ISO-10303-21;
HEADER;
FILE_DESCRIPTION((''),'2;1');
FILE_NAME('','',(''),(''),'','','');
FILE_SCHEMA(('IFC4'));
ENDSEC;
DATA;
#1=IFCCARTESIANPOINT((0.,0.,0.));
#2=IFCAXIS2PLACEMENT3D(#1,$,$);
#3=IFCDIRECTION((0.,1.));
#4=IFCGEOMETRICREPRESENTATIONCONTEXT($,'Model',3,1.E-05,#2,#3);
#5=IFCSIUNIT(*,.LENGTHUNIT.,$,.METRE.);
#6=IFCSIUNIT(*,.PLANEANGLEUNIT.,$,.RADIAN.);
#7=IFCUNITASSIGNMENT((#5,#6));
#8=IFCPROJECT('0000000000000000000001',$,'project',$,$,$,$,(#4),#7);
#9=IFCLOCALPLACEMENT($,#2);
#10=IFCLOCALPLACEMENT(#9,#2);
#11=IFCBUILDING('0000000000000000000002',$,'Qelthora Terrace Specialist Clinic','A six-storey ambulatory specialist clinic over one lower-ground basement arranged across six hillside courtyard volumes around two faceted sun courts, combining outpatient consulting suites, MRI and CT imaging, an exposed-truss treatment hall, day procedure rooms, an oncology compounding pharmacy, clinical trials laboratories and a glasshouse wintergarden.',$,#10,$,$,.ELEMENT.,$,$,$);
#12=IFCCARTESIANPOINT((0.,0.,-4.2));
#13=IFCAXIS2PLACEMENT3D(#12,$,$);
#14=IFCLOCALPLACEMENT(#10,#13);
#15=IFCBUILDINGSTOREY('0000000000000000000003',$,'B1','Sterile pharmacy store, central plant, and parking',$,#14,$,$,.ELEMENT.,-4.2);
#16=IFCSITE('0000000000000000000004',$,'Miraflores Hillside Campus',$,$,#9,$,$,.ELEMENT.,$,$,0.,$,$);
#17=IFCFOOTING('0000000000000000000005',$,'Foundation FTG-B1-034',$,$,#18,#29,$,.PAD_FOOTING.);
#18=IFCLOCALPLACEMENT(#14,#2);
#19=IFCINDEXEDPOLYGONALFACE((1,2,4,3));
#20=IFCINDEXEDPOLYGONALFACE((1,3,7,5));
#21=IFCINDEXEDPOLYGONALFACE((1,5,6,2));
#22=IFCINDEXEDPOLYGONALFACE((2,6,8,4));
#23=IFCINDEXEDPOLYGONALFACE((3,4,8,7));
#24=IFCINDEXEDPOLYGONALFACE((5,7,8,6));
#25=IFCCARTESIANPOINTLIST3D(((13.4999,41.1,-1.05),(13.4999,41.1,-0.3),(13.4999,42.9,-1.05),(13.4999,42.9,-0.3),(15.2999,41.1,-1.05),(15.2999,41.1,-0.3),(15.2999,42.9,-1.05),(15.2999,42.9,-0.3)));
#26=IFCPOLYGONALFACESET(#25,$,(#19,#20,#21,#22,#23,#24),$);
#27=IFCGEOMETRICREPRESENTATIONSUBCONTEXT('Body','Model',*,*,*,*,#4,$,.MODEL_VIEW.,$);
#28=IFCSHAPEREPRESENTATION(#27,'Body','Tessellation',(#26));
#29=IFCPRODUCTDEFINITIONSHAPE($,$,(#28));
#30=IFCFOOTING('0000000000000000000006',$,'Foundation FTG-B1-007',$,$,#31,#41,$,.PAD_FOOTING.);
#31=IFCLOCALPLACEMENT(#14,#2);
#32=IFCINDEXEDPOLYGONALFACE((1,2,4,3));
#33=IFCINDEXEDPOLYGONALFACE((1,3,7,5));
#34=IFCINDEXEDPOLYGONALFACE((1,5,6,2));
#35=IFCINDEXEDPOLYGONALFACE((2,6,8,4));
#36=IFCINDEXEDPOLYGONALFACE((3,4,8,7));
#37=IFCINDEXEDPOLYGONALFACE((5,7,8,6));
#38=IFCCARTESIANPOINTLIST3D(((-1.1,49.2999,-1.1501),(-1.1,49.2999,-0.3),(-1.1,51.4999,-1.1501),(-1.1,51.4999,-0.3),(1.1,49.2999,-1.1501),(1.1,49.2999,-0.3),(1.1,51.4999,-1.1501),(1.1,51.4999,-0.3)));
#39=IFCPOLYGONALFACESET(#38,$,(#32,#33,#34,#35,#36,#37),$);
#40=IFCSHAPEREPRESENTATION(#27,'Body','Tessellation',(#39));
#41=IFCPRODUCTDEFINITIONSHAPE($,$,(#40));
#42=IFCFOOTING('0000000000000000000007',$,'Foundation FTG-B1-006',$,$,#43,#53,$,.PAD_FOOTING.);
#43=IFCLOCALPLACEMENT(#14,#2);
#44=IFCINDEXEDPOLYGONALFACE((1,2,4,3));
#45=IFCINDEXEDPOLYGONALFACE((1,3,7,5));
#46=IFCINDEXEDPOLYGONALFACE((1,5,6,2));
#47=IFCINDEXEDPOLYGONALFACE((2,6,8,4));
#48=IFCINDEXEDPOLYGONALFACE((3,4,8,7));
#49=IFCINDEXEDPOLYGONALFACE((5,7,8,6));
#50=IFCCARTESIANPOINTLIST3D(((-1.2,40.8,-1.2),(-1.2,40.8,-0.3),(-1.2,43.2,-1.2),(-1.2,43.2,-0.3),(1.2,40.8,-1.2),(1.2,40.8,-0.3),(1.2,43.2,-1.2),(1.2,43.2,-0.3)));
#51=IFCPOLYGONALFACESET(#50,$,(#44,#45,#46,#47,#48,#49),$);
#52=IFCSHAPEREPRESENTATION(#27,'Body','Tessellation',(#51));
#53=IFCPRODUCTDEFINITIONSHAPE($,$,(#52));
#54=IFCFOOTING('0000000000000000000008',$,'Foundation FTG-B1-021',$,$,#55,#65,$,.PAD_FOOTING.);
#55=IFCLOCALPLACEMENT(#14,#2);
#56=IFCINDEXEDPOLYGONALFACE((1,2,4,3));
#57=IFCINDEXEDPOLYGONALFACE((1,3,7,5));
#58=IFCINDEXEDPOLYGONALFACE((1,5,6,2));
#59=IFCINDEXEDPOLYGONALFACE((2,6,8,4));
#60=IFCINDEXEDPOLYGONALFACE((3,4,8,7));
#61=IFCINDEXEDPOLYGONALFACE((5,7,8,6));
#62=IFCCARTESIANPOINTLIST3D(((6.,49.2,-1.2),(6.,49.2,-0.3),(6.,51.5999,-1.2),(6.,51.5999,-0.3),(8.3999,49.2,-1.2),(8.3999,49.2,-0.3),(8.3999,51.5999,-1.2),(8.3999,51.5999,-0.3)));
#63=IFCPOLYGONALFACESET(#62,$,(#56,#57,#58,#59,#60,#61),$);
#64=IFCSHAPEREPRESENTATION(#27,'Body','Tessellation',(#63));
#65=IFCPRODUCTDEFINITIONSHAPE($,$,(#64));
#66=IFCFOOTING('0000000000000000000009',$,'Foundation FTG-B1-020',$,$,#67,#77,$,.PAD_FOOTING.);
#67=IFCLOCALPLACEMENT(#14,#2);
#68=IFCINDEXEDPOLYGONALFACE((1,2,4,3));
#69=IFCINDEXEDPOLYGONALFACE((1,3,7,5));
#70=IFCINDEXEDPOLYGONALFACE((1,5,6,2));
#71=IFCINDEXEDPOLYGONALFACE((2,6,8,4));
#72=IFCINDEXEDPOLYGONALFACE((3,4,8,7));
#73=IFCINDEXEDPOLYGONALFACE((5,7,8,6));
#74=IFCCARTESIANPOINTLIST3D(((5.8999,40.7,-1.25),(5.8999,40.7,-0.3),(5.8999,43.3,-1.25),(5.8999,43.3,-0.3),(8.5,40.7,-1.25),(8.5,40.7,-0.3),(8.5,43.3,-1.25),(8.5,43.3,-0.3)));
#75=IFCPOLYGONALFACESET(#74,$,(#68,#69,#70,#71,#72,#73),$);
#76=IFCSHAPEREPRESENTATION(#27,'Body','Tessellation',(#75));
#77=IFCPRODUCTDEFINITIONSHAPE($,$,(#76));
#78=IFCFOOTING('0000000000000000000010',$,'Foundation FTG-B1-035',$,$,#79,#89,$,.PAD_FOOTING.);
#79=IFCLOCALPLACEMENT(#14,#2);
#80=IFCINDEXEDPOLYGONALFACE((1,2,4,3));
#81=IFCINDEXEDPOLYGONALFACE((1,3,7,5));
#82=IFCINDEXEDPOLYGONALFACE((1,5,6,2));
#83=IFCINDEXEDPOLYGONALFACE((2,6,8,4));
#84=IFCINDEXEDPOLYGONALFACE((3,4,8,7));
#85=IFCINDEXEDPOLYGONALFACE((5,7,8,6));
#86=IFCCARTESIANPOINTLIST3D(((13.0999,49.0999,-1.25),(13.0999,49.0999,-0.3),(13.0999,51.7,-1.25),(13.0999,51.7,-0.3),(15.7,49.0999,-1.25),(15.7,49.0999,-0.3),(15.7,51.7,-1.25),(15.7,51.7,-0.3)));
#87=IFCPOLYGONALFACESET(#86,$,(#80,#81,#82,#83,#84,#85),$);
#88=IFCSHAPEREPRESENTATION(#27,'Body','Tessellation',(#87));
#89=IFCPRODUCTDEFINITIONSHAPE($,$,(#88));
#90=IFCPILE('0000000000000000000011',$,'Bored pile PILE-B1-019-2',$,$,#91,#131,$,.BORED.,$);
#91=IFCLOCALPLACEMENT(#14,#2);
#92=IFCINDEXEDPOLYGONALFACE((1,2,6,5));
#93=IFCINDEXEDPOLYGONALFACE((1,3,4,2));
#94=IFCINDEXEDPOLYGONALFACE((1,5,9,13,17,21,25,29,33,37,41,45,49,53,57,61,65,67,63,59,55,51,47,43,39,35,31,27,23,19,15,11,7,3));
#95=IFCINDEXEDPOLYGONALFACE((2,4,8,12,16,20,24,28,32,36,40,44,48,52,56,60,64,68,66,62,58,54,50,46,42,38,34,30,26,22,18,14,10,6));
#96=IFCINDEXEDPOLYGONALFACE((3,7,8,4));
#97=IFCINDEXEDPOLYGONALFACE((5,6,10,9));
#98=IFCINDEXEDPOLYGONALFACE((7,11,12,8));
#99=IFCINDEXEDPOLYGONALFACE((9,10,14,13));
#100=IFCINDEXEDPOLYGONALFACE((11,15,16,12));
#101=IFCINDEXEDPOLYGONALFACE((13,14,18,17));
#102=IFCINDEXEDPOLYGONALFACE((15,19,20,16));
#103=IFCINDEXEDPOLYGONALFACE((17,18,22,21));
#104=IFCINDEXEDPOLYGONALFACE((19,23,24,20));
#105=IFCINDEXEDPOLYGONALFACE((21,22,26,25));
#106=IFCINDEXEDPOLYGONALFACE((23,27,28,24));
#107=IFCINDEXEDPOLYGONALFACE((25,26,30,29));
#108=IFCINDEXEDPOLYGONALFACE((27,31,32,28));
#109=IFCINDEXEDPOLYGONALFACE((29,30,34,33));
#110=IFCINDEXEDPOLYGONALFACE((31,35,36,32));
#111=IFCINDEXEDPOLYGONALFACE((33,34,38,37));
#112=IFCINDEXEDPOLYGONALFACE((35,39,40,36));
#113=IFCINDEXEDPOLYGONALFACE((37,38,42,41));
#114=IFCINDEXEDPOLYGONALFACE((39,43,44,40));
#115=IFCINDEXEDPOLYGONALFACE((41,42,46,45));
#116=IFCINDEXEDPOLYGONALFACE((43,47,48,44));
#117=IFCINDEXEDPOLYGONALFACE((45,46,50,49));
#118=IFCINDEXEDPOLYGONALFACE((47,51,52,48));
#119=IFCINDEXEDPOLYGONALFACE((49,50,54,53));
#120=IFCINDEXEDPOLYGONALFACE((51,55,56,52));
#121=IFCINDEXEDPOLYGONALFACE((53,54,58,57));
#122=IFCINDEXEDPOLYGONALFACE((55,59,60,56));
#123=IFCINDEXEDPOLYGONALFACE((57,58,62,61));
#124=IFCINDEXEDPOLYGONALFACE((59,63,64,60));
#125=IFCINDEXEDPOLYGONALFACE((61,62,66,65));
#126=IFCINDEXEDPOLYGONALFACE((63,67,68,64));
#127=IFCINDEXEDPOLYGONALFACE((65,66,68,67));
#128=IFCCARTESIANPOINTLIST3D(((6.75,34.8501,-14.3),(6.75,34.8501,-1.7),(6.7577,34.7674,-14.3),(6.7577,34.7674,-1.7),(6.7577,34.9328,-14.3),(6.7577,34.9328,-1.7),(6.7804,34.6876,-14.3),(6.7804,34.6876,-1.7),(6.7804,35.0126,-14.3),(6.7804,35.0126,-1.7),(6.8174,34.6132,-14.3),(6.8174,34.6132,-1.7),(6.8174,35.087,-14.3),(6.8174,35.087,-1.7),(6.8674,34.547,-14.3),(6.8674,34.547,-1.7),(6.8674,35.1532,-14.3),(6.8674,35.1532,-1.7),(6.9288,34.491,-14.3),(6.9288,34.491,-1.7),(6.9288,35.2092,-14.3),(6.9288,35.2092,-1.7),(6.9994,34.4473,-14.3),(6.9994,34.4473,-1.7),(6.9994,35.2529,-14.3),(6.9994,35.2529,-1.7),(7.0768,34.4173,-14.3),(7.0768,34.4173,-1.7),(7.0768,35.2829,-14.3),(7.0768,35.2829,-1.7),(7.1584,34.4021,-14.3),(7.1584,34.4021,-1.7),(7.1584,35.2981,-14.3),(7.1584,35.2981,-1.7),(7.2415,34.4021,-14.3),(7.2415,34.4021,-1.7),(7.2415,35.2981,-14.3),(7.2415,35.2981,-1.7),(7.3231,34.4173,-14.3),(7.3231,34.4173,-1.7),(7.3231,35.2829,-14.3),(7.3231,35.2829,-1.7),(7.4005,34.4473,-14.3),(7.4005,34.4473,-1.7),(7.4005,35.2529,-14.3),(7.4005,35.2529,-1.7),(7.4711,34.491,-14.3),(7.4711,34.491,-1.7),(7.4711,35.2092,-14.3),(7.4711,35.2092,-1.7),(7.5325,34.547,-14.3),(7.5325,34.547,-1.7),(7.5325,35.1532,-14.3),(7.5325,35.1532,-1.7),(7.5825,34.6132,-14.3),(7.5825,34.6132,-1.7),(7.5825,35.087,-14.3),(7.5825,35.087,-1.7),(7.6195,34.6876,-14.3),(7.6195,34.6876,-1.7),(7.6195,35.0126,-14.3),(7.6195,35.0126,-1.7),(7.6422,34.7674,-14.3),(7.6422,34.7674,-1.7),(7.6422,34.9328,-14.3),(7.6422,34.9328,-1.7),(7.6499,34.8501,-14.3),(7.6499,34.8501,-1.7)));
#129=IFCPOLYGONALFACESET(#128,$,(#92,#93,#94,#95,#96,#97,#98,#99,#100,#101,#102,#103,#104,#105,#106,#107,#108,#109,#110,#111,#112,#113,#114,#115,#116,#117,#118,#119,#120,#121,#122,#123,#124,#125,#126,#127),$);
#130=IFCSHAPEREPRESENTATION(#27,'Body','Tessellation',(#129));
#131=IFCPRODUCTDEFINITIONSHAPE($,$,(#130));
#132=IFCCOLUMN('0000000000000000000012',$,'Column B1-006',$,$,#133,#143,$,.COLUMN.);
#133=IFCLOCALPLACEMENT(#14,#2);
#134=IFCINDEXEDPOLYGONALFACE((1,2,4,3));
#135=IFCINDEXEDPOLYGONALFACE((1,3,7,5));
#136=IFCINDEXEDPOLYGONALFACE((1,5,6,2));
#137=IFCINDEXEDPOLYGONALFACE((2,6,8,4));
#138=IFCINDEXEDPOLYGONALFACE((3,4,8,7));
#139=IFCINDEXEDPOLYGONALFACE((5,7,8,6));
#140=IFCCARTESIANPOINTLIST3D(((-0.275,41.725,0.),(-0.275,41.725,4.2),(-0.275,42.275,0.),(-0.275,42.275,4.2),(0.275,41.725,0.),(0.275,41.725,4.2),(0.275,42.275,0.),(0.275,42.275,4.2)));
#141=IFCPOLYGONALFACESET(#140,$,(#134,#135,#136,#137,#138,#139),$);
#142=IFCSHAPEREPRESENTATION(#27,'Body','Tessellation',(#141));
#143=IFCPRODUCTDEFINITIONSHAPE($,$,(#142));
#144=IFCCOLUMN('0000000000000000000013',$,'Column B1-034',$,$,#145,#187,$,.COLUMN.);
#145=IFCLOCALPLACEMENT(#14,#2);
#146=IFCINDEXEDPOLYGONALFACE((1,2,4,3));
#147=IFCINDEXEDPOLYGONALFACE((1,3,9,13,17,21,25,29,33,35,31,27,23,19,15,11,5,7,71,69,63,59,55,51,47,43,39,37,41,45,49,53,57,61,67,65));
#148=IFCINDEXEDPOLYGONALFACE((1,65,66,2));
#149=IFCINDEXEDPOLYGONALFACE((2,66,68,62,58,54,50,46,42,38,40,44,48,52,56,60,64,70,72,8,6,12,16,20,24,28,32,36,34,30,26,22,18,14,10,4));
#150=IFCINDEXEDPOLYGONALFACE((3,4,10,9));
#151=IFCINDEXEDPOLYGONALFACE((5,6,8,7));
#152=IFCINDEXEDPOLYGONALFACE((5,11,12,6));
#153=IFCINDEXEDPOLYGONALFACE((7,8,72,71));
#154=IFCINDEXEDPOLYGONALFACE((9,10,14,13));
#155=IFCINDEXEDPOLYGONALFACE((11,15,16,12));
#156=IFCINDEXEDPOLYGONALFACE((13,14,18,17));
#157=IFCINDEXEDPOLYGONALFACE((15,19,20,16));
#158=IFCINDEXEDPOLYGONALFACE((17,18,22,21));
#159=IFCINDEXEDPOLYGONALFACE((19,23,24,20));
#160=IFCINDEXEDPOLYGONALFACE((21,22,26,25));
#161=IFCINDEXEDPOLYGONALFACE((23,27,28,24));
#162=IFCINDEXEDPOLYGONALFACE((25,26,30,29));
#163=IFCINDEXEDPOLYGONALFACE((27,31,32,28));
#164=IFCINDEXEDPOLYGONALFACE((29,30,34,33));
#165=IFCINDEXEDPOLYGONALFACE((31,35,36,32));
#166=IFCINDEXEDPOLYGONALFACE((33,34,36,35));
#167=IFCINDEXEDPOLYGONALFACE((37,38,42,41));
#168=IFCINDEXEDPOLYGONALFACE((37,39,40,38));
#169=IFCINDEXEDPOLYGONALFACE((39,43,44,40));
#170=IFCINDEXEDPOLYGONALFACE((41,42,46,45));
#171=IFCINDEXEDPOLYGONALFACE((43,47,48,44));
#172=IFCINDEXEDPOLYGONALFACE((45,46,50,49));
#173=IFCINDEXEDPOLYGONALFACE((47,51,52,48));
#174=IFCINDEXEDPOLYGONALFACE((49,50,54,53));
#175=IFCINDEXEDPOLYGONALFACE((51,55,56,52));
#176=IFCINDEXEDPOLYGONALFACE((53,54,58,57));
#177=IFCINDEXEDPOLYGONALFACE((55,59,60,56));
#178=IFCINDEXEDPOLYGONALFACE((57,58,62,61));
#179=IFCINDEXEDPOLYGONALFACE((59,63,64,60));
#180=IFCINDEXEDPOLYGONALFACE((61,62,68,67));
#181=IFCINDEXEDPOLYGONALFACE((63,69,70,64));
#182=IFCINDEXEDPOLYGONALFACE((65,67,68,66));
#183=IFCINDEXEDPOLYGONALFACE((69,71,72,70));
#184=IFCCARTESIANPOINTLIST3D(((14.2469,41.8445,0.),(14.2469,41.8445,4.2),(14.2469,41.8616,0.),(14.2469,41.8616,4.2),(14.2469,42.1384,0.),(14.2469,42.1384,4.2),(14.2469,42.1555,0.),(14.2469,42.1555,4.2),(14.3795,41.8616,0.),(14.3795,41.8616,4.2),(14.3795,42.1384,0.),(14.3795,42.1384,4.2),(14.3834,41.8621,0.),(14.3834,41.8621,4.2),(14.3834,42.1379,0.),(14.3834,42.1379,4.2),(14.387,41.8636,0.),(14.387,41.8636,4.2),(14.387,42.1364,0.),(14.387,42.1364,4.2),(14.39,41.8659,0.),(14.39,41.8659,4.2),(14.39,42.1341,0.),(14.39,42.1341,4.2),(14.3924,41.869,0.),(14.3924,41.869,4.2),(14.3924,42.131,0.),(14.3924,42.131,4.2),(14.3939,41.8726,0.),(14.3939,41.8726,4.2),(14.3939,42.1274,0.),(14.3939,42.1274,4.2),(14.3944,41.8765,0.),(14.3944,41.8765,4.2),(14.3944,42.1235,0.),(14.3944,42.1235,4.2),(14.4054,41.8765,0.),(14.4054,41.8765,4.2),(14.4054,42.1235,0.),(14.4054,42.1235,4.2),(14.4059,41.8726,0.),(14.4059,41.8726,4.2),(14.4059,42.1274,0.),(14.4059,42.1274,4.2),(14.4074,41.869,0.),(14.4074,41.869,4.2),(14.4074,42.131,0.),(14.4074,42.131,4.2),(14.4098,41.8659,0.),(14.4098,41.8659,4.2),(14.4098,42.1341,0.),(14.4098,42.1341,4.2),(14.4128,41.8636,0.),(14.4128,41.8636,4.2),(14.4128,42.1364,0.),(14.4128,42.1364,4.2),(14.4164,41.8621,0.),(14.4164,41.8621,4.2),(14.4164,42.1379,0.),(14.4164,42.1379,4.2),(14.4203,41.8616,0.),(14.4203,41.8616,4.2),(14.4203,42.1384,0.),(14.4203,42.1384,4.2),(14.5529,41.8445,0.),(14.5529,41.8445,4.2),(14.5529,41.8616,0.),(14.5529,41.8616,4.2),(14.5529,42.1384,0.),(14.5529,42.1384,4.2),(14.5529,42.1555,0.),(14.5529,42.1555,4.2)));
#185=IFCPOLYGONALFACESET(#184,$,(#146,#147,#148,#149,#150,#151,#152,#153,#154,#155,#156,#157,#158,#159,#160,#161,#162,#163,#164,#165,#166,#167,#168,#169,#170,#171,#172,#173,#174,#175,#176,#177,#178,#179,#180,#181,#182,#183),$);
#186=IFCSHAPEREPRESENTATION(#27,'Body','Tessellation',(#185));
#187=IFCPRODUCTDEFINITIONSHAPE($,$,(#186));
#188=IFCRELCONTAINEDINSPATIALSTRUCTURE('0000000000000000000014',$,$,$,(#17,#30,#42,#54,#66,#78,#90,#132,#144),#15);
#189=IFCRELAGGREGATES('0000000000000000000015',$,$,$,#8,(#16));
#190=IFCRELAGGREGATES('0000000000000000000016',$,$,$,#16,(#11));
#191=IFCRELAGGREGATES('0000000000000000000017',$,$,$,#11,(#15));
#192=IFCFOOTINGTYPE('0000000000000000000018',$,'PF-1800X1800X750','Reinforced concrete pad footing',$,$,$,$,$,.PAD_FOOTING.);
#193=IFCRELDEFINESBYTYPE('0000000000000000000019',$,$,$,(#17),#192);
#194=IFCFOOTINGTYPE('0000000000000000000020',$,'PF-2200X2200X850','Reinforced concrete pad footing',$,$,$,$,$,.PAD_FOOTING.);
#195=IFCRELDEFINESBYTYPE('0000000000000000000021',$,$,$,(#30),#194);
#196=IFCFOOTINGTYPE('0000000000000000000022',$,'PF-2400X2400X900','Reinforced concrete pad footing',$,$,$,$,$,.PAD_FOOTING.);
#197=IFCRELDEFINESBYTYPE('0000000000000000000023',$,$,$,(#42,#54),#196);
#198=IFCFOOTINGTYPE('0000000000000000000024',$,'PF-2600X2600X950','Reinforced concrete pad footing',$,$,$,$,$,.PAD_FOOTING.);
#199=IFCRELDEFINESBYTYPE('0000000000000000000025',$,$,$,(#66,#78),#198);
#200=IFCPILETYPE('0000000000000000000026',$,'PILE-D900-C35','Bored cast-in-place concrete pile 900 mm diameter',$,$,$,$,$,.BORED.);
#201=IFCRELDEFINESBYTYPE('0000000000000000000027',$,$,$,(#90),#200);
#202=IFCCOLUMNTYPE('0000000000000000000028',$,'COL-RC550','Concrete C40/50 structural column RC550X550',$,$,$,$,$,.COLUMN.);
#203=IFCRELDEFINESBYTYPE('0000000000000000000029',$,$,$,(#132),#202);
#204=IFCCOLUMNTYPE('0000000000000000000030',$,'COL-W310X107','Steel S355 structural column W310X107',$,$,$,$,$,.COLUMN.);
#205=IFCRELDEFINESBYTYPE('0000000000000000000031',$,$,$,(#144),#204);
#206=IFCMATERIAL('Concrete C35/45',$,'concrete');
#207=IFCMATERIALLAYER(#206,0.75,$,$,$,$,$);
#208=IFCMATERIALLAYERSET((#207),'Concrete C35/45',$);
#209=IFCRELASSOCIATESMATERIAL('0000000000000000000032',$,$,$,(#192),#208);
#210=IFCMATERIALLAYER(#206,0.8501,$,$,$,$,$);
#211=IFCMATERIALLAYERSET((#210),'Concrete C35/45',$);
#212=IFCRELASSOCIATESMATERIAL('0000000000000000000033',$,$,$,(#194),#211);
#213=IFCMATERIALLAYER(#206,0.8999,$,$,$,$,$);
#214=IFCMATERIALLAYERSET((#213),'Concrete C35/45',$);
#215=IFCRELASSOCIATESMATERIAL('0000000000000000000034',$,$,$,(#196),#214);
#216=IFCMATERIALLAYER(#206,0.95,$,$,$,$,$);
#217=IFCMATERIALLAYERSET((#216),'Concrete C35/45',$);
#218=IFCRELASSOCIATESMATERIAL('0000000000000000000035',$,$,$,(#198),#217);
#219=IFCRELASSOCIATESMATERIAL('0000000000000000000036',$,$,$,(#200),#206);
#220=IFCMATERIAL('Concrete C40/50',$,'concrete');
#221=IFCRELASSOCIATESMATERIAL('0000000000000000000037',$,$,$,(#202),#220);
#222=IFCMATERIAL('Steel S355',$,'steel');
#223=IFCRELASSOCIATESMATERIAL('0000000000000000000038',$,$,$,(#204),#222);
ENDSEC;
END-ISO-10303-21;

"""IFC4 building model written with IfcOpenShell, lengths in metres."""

from ifc_helpers import new_model, si_unit, direction, frame, origin, origin_2d, place, context, subcontext, project, spatial, rectangle, circle, i_section, extrude, material, layer, layer_set, material_profile, profile_set, type_object, element, save


model = new_model("IFC4")

# Units and contexts
model_context = context("Model", 3, precision=1e-05, world=origin(), true_north=direction((0.0, 1.0)))
body_context = subcontext(model_context, "Body", "Model", "MODEL_VIEW")
ifc_project = project(units=[si_unit("LENGTHUNIT", "METRE"), si_unit("PLANEANGLEUNIT", "RADIAN")], contexts=[model_context])

# Site, building, storey
site_placement = place(None, origin())
site = spatial("IfcSite", under=ifc_project, at=site_placement, Name="Miraflores Hillside Campus", CompositionType="ELEMENT", RefElevation=0.0)
building_placement = place(site_placement, origin())
building = spatial("IfcBuilding", under=site, at=building_placement, Name="Qelthora Terrace Specialist Clinic", Description="A six-storey ambulatory specialist clinic over one lower-ground basement arranged across six hillside courtyard volumes around two faceted sun courts, combining outpatient consulting suites, MRI and CT imaging, an exposed-truss treatment hall, day procedure rooms, an oncology compounding pharmacy, clinical trials laboratories and a glasshouse wintergarden.", CompositionType="ELEMENT")
storey_placement = place(building_placement, frame((0.0, 0.0, -4.2)))
storey = spatial("IfcBuildingStorey", under=building, at=storey_placement, Name="B1", Description="Sterile pharmacy store, central plant, and parking", CompositionType="ELEMENT", Elevation=-4.2)

# Footings
ifc_material_1 = material(Name="Concrete C35/45", Category="concrete")
ifc_layer_1 = layer(ifc_material_1, 0.75)
ifc_layer_set_1 = layer_set([ifc_layer_1], Name="Concrete C35/45")
footing_type_1 = type_object("IfcFootingType", Name="PF-1800X1800X750", Description="Reinforced concrete pad footing", PredefinedType="PAD_FOOTING", material=ifc_layer_set_1)
footing_1_placement = place(storey_placement, frame((14.3999, 42.0, -1.05), z_axis=(0.0, 0.0, 1.0), x_axis=(1.0, 0.0, 0.0)))
element("IfcFooting", 1, at=footing_1_placement, inside=storey, type_object=footing_type_1, Name="Foundation FTG-B1-034", PredefinedType="PAD_FOOTING", context=body_context, shape_type="SweptSolid", body=[
    extrude(rectangle(XDim=1.8, YDim=1.8, at=origin_2d()), origin(), (0.0, 0.0, 1.0), 0.75),
])
ifc_layer_2 = layer(ifc_material_1, 0.8501)
ifc_layer_set_2 = layer_set([ifc_layer_2], Name="Concrete C35/45")
footing_type_2 = type_object("IfcFootingType", Name="PF-2200X2200X850", Description="Reinforced concrete pad footing", PredefinedType="PAD_FOOTING", material=ifc_layer_set_2)
footing_2_placement = place(storey_placement, frame((0.0, 50.3999, -1.1501), z_axis=(0.0, 0.0, 1.0), x_axis=(1.0, 0.0, 0.0)))
element("IfcFooting", 2, at=footing_2_placement, inside=storey, type_object=footing_type_2, Name="Foundation FTG-B1-007", PredefinedType="PAD_FOOTING", context=body_context, shape_type="SweptSolid", body=[
    extrude(rectangle(XDim=2.2, YDim=2.2, at=origin_2d()), origin(), (0.0, 0.0, 1.0), 0.8501),
])
ifc_layer_3 = layer(ifc_material_1, 0.8999)
ifc_layer_set_3 = layer_set([ifc_layer_3], Name="Concrete C35/45")
footing_type_3 = type_object("IfcFootingType", Name="PF-2400X2400X900", Description="Reinforced concrete pad footing", PredefinedType="PAD_FOOTING", material=ifc_layer_set_3)
for number, where, z_axis, x_axis, name in (
    (3, (0.0, 42.0, -1.2), (0.0, 0.0, 1.0), (1.0, 0.0, 0.0), "Foundation FTG-B1-006"),
    (4, (7.2, 50.3999, -1.2), (0.0, 0.0, 1.0), (1.0, 0.0, 0.0), "Foundation FTG-B1-021"),
):
    element("IfcFooting", number, at=place(storey_placement, frame(where, z_axis=z_axis, x_axis=x_axis)), inside=storey, type_object=footing_type_3, Name=name, PredefinedType="PAD_FOOTING", context=body_context, shape_type="SweptSolid", body=[
        extrude(rectangle(XDim=2.3999, YDim=2.3999, at=origin_2d()), origin(), (0.0, 0.0, 1.0), 0.8999),
    ])
ifc_layer_4 = layer(ifc_material_1, 0.95)
ifc_layer_set_4 = layer_set([ifc_layer_4], Name="Concrete C35/45")
footing_type_4 = type_object("IfcFootingType", Name="PF-2600X2600X950", Description="Reinforced concrete pad footing", PredefinedType="PAD_FOOTING", material=ifc_layer_set_4)
for number, where, z_axis, x_axis, name in (
    (5, (7.2, 42.0, -1.25), (0.0, 0.0, 1.0), (1.0, 0.0, 0.0), "Foundation FTG-B1-020"),
    (6, (14.3999, 50.3999, -1.25), (0.0, 0.0, 1.0), (1.0, 0.0, 0.0), "Foundation FTG-B1-035"),
):
    element("IfcFooting", number, at=place(storey_placement, frame(where, z_axis=z_axis, x_axis=x_axis)), inside=storey, type_object=footing_type_4, Name=name, PredefinedType="PAD_FOOTING", context=body_context, shape_type="SweptSolid", body=[
        extrude(rectangle(XDim=2.6001, YDim=2.6001, at=origin_2d()), origin(), (0.0, 0.0, 1.0), 0.95),
    ])

# Pile
ifc_material_profile_1 = material_profile(ifc_material_1, circle(Radius=0.45, at=origin_2d()), Name="PILE900")
ifc_profile_set_1 = profile_set([ifc_material_profile_1], Name="Concrete C35/45")
pile_type = type_object("IfcPileType", Name="PILE-D900-C35", Description="Bored cast-in-place concrete pile 900 mm diameter", PredefinedType="BORED", material=ifc_profile_set_1)
pile_placement = place(storey_placement, frame((7.2, 34.8501, -1.7), z_axis=(0.0, 0.0, -1.0), x_axis=(1.0, 0.0, 0.0)))
element("IfcPile", 7, at=pile_placement, inside=storey, type_object=pile_type, Name="Bored pile PILE-B1-019-2", PredefinedType="BORED", context=body_context, shape_type="SweptSolid", body=[
    extrude(circle(Radius=0.45, at=origin_2d()), origin(), (0.0, 0.0, 1.0), 12.6001),
])

# Columns
ifc_material_2 = material(Name="Concrete C40/50", Category="concrete")
ifc_material_profile_2 = material_profile(ifc_material_2, rectangle(XDim=0.55, YDim=0.55, at=origin_2d()), Name="RC550X550")
ifc_profile_set_2 = profile_set([ifc_material_profile_2], Name="Concrete C40/50")
column_type_1 = type_object("IfcColumnType", Name="COL-RC550", Description="Concrete C40/50 structural column RC550X550", PredefinedType="COLUMN", material=ifc_profile_set_2)
column_1_placement = place(storey_placement, frame((0.0, 42.0, 0.0), z_axis=(0.0, 0.0, 1.0), x_axis=(1.0, 0.0, 0.0)))
element("IfcColumn", 8, at=column_1_placement, inside=storey, type_object=column_type_1, Name="Column B1-006", PredefinedType="COLUMN", context=body_context, shape_type="SweptSolid", body=[
    extrude(rectangle(XDim=0.55, YDim=0.55, at=origin_2d()), origin(), (0.0, 0.0, 1.0), 4.2),
])
ifc_material_3 = material(Name="Steel S355", Category="steel")
ifc_material_profile_3 = material_profile(ifc_material_3, i_section(OverallWidth=0.3059, OverallDepth=0.311, WebThickness=0.011, FlangeThickness=0.0171, FilletRadius=0.0149, at=origin_2d()), Name="W310X107")
ifc_profile_set_3 = profile_set([ifc_material_profile_3], Name="Steel S355")
column_type_2 = type_object("IfcColumnType", Name="COL-W310X107", Description="Steel S355 structural column W310X107", PredefinedType="COLUMN", material=ifc_profile_set_3)
column_2_placement = place(storey_placement, frame((14.3999, 42.0, 0.0), z_axis=(0.0, 0.0, 1.0), x_axis=(1.0, 0.0, 0.0)))
element("IfcColumn", 9, at=column_2_placement, inside=storey, type_object=column_type_2, Name="Column B1-034", PredefinedType="COLUMN", context=body_context, shape_type="SweptSolid", body=[
    extrude(i_section(OverallWidth=0.3059, OverallDepth=0.311, WebThickness=0.011, FlangeThickness=0.0171, FilletRadius=0.0149, at=origin_2d()), origin(), (0.0, 0.0, 1.0), 4.2),
])

save(model, "model.ifc")
